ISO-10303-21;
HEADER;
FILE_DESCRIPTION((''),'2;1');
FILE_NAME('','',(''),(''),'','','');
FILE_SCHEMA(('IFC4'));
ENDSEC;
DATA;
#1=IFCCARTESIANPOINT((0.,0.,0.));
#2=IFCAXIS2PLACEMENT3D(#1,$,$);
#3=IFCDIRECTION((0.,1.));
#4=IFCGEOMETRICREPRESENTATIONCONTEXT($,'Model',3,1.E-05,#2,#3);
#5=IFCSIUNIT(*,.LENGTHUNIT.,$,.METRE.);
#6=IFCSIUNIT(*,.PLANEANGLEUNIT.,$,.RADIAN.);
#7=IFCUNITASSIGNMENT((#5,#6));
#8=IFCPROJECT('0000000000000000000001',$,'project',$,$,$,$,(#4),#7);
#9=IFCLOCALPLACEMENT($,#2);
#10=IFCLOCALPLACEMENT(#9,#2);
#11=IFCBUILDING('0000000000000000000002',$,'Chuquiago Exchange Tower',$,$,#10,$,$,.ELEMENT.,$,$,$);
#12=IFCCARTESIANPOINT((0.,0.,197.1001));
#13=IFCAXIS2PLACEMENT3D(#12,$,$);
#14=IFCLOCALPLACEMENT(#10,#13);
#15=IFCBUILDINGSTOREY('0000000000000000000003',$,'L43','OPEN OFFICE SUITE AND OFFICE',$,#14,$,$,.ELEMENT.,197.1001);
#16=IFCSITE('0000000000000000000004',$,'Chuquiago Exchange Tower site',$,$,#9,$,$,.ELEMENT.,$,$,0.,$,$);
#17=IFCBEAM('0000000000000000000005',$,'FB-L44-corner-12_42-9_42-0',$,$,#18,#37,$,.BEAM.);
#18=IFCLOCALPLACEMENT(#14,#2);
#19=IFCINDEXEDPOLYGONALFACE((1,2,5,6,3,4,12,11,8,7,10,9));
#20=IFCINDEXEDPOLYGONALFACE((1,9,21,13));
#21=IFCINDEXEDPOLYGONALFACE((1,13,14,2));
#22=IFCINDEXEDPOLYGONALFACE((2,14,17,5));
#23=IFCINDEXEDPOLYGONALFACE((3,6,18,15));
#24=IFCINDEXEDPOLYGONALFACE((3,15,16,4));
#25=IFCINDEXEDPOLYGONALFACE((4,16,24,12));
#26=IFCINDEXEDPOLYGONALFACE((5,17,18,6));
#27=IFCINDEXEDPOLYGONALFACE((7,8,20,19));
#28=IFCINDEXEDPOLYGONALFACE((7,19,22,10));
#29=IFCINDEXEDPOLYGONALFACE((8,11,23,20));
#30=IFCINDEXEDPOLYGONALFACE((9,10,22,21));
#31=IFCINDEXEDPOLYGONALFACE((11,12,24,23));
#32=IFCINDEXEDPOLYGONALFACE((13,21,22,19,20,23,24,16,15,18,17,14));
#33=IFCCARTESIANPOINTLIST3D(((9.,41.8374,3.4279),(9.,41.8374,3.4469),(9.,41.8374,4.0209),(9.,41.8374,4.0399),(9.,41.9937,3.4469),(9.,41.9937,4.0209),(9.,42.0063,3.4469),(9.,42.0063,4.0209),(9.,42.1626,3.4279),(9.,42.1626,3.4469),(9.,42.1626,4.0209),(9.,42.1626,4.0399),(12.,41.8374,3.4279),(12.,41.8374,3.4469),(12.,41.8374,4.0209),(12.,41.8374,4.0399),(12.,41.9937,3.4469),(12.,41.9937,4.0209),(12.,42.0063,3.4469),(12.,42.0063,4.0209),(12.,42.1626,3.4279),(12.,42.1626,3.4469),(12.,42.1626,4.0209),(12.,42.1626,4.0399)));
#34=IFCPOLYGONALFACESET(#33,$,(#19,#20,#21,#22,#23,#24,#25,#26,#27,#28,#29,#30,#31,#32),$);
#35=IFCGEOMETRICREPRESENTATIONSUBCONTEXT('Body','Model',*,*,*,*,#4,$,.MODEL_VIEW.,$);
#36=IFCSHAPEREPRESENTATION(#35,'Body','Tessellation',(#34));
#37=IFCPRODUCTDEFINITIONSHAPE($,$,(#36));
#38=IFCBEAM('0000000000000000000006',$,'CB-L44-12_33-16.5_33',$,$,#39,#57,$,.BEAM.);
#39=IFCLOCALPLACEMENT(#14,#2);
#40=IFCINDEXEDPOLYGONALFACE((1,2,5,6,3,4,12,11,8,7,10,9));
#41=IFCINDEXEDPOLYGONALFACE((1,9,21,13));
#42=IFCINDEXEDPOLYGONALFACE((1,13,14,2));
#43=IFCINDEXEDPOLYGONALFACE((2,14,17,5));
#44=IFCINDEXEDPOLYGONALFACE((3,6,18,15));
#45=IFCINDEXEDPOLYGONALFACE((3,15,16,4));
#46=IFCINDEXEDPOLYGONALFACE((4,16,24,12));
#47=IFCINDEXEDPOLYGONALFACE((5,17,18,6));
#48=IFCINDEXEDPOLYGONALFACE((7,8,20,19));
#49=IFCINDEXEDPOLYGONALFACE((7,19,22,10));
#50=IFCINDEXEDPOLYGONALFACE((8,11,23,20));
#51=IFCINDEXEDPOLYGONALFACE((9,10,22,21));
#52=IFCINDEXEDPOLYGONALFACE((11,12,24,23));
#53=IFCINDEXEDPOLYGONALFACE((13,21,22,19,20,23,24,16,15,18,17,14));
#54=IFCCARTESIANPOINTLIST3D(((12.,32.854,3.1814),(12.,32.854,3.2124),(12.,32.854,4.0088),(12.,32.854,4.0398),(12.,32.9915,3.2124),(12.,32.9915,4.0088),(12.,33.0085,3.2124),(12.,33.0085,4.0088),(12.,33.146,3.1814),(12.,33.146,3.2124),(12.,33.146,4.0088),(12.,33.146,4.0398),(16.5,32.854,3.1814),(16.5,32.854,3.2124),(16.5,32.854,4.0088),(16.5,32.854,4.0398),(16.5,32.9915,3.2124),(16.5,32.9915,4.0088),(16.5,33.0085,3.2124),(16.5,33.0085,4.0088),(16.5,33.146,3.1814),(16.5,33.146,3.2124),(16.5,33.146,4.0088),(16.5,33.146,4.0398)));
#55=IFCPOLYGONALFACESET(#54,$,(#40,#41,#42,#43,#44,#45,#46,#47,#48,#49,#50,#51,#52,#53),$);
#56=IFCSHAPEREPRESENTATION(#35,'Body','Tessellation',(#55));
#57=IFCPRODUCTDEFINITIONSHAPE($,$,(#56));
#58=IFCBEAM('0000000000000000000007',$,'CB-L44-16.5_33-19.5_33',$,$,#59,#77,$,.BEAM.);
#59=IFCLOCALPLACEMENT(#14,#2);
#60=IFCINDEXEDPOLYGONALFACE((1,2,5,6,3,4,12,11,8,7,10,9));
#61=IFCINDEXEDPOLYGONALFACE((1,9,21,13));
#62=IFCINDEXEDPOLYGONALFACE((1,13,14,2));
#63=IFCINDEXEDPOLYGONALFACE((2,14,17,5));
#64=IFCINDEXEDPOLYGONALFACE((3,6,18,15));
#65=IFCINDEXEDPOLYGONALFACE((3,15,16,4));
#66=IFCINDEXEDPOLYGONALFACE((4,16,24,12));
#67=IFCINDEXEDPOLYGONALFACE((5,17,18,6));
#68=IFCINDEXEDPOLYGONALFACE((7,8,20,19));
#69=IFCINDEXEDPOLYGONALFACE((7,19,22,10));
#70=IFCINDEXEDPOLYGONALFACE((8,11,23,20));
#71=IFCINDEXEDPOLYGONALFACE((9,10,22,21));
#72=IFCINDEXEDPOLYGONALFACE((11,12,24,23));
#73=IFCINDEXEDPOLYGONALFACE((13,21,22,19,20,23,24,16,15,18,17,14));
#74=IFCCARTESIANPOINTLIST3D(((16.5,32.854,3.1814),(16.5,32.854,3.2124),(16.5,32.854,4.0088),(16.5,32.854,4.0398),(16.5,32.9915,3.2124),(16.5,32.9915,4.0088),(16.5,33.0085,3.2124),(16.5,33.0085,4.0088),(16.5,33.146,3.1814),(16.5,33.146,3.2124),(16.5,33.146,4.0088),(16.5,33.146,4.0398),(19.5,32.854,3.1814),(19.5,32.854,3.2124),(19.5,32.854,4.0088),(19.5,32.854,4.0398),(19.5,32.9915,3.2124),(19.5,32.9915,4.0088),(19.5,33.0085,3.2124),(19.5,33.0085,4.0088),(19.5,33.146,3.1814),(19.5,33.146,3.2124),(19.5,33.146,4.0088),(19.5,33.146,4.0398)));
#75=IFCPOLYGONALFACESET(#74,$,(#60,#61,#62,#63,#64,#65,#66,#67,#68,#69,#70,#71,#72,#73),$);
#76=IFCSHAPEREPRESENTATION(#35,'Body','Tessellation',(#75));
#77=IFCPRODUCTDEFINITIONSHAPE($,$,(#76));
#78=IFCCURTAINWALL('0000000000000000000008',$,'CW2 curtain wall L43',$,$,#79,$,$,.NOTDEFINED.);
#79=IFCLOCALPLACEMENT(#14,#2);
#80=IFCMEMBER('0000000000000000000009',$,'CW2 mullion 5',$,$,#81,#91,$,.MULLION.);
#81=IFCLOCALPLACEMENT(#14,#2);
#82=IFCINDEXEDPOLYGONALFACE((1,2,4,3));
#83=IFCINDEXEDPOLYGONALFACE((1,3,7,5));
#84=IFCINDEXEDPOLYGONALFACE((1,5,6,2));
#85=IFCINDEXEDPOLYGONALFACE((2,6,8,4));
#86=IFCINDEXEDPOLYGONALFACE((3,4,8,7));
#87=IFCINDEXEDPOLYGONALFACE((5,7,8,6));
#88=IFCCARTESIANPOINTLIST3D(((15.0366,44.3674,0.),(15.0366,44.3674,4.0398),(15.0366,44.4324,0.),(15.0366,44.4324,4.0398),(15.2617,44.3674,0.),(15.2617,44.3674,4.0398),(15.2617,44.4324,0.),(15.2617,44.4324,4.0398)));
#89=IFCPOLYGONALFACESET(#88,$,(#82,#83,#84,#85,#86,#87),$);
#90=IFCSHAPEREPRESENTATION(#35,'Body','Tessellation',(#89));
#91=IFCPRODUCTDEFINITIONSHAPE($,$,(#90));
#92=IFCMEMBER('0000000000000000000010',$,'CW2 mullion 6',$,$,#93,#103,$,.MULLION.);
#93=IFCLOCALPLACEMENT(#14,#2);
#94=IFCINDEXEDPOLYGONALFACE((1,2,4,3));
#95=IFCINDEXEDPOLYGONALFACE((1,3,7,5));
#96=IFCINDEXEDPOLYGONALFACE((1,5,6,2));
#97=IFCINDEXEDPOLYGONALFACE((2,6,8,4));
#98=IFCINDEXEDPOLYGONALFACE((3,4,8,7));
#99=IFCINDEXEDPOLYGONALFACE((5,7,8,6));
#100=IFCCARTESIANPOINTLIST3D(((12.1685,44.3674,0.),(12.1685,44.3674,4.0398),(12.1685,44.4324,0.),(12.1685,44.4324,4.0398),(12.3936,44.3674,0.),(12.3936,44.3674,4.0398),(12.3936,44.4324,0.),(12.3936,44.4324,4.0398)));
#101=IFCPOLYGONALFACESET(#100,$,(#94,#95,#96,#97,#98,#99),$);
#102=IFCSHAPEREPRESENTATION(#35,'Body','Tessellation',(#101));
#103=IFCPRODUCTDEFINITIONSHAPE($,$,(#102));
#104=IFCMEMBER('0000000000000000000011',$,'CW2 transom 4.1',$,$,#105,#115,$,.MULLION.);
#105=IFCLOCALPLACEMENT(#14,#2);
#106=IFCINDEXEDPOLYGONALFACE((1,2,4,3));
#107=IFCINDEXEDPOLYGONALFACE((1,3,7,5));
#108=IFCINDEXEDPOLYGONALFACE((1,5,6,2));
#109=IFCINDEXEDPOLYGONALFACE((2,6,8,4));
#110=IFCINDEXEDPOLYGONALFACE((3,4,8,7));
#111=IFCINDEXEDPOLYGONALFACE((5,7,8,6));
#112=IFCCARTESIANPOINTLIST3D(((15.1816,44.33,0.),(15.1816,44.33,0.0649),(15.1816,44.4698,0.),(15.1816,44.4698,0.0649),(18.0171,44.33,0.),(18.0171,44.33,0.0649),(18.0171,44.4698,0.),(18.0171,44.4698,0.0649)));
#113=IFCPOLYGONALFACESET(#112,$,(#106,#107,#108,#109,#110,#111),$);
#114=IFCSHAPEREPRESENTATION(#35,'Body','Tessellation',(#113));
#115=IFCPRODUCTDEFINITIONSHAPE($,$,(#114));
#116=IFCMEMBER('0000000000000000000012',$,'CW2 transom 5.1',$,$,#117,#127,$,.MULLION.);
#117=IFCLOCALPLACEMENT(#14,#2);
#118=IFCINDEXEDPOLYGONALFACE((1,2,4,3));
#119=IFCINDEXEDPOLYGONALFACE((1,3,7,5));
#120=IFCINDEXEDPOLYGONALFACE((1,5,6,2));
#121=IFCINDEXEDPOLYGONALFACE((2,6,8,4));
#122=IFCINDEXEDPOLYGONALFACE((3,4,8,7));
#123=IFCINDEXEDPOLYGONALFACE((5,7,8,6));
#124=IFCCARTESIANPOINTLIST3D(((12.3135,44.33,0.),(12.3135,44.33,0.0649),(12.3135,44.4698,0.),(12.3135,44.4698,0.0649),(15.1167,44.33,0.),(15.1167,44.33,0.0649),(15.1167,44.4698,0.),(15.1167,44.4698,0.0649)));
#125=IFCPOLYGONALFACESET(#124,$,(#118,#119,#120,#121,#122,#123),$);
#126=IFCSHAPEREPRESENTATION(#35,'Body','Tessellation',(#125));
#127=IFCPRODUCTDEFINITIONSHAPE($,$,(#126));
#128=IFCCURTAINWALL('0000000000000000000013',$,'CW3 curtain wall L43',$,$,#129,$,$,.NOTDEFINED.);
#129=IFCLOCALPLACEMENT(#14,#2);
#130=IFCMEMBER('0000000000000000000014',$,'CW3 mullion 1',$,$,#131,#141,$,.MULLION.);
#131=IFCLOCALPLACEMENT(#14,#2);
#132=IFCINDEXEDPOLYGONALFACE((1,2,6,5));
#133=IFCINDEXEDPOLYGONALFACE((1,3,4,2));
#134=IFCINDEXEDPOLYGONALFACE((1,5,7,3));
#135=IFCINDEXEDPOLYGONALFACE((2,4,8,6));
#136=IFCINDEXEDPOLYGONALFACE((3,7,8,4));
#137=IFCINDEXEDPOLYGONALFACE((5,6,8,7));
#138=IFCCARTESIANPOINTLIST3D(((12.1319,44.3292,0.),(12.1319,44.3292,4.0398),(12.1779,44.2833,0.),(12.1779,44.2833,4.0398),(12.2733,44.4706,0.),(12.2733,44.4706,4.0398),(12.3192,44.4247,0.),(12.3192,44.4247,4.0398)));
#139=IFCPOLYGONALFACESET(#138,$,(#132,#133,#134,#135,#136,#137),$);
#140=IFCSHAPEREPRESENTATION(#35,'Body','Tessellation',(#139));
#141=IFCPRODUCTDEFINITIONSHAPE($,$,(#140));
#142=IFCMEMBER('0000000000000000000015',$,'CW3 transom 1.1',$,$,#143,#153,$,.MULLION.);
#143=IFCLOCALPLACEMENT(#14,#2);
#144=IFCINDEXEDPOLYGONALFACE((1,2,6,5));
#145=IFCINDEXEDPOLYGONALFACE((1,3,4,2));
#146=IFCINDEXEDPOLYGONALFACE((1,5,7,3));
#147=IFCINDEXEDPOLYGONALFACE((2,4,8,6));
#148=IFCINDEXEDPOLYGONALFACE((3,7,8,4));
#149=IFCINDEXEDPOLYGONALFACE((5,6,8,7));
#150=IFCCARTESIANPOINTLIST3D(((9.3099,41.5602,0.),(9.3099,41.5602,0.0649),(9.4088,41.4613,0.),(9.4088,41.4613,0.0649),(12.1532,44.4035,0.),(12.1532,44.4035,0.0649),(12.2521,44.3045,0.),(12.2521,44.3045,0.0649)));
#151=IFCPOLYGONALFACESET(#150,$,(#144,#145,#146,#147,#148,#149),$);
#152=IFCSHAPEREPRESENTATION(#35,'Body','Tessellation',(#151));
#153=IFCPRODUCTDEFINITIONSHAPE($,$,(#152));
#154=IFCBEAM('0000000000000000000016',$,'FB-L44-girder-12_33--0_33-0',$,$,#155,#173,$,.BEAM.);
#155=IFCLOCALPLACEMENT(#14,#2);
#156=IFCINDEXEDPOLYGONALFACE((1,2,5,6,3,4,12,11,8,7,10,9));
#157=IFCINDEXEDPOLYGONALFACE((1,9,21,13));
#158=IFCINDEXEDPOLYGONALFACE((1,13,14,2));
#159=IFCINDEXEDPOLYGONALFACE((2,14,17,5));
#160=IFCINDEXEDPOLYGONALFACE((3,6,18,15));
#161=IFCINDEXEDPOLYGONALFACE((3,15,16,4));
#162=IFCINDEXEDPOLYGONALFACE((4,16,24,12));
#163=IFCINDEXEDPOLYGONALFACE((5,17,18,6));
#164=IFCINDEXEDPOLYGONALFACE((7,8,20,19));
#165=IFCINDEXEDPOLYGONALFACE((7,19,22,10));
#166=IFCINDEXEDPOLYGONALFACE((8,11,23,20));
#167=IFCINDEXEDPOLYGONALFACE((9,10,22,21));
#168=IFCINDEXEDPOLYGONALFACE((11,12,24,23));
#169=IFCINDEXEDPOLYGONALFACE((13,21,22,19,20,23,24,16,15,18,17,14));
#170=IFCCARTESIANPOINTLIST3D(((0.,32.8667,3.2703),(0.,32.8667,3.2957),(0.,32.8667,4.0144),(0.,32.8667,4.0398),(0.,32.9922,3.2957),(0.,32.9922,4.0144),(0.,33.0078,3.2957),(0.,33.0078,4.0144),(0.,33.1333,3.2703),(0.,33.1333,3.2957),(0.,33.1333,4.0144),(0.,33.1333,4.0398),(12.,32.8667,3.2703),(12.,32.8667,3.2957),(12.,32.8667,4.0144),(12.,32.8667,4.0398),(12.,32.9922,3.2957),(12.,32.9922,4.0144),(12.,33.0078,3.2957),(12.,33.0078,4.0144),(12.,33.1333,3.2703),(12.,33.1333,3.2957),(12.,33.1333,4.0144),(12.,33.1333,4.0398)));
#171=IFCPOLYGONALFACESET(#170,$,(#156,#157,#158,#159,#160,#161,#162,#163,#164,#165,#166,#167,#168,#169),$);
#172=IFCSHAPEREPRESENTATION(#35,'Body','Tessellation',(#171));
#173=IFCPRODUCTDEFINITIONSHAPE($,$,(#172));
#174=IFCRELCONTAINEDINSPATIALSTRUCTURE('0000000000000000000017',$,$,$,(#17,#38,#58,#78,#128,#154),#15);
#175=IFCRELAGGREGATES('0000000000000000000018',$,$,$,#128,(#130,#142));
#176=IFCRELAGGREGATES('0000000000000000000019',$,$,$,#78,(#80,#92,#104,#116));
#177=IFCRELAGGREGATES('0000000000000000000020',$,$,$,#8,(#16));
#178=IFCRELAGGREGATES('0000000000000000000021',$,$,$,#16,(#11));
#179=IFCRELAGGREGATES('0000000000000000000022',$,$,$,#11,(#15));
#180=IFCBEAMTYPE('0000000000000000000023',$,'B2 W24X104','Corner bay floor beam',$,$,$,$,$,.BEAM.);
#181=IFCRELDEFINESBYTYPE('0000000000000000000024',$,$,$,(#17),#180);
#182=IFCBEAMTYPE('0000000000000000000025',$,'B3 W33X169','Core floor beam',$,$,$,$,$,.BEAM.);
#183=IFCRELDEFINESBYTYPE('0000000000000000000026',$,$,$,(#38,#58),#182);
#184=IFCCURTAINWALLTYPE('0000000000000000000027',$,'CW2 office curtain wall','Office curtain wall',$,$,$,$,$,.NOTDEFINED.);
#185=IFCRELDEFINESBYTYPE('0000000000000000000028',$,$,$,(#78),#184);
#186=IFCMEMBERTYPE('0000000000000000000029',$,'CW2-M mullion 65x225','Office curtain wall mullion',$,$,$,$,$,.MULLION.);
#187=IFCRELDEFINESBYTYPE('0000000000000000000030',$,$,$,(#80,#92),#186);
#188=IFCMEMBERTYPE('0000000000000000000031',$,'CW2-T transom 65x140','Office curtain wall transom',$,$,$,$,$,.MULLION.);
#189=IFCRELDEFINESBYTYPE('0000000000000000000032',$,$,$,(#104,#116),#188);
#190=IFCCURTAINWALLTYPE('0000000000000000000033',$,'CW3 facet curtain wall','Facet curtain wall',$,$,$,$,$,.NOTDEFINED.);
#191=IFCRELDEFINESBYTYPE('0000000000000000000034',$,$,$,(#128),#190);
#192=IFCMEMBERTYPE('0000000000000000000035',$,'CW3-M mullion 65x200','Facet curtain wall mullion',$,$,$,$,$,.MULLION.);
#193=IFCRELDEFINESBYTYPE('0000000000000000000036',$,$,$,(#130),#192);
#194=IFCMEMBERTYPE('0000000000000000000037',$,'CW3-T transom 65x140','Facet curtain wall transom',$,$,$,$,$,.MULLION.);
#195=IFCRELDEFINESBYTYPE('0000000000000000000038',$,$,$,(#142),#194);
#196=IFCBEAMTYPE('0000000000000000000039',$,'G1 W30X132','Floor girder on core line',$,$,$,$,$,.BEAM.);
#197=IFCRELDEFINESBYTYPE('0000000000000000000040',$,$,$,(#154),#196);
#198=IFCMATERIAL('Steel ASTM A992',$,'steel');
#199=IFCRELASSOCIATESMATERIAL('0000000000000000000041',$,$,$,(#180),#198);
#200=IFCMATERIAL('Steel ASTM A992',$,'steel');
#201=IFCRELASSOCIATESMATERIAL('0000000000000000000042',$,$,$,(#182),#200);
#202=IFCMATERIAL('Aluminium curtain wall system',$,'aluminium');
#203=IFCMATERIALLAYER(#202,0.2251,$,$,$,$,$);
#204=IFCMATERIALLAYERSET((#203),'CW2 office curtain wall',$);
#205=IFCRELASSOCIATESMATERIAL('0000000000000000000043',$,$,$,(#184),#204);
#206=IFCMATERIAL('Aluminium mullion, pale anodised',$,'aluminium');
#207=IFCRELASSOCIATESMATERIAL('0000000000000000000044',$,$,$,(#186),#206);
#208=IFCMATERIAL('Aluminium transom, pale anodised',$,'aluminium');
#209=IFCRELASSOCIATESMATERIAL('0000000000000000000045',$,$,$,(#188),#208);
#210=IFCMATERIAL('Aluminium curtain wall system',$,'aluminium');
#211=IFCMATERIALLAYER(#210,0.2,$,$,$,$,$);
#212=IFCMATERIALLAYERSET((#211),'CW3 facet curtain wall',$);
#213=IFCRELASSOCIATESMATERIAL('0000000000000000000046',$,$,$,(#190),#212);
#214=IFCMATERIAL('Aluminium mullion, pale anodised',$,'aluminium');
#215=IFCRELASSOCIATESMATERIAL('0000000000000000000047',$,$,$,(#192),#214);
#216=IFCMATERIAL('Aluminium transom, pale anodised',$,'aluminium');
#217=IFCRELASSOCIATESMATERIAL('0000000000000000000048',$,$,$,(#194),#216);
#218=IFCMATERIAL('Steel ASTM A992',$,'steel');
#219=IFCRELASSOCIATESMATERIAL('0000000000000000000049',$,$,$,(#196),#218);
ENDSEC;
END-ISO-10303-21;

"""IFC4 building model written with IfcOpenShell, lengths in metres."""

from ifc_helpers import new_model, si_unit, direction, frame, origin, origin_2d, place, context, subcontext, project, spatial, rectangle, i_section, extrude, material, layer, layer_set, material_profile, profile_set, type_object, element, aggregate, save


model = new_model("IFC4")

# Units and contexts
model_context = context("Model", 3, precision=1e-05, world=origin(), true_north=direction((0.0, 1.0)))
body_context = subcontext(model_context, "Body", "Model", "MODEL_VIEW")
ifc_project = project(units=[si_unit("LENGTHUNIT", "METRE"), si_unit("PLANEANGLEUNIT", "RADIAN")], contexts=[model_context])

# Site, building, storey
site_placement = place(None, origin())
site = spatial("IfcSite", under=ifc_project, at=site_placement, Name="Chuquiago Exchange Tower site", CompositionType="ELEMENT", RefElevation=0.0)
building_placement = place(site_placement, origin())
building = spatial("IfcBuilding", under=site, at=building_placement, Name="Chuquiago Exchange Tower", CompositionType="ELEMENT")
storey_placement = place(building_placement, frame((0.0, 0.0, 197.1001)))
storey = spatial("IfcBuildingStorey", under=building, at=storey_placement, Name="L43", Description="OPEN OFFICE SUITE AND OFFICE", CompositionType="ELEMENT", Elevation=197.1001)

# Beams
ifc_material_1 = material(Name="Steel ASTM A992", Category="steel")
ifc_material_profile_1 = material_profile(ifc_material_1, i_section(OverallWidth=0.3252, OverallDepth=0.6121, WebThickness=0.0127, FlangeThickness=0.019, at=origin_2d()), Name="W24X104")
ifc_profile_set_1 = profile_set([ifc_material_profile_1], Name="Steel ASTM A992")
beam_type_1 = type_object("IfcBeamType", Name="B2 W24X104", Description="Corner bay floor beam", PredefinedType="BEAM", material=ifc_profile_set_1)
beam_1_placement = place(storey_placement, frame((12.0, 42.0, 3.7339), z_axis=(-1.0, 0.0, 0.0), x_axis=(0.0, -1.0, 0.0)))
element("IfcBeam", 1, at=beam_1_placement, inside=storey, type_object=beam_type_1, Name="FB-L44-corner-12_42-9_42-0", PredefinedType="BEAM", context=body_context, shape_type="SweptSolid", body=[
    extrude(i_section(OverallWidth=0.3252, OverallDepth=0.6121, WebThickness=0.0127, FlangeThickness=0.019, at=origin_2d()), origin(), (0.0, 0.0, 1.0), 3.0),
])
ifc_material_2 = material(Name="Steel ASTM A992", Category="steel")
ifc_material_profile_2 = material_profile(ifc_material_2, i_section(OverallWidth=0.292, OverallDepth=0.8584, WebThickness=0.0171, FlangeThickness=0.031, at=origin_2d()), Name="W33X169")
ifc_profile_set_2 = profile_set([ifc_material_profile_2], Name="Steel ASTM A992")
beam_type_2 = type_object("IfcBeamType", Name="B3 W33X169", Description="Core floor beam", PredefinedType="BEAM", material=ifc_profile_set_2)
beam_2_placement = place(storey_placement, frame((12.0, 33.0, 3.6106), z_axis=(1.0, 0.0, 0.0), x_axis=(0.0, 1.0, 0.0)))
element("IfcBeam", 2, at=beam_2_placement, inside=storey, type_object=beam_type_2, Name="CB-L44-12_33-16.5_33", PredefinedType="BEAM", context=body_context, shape_type="SweptSolid", body=[
    extrude(i_section(OverallWidth=0.292, OverallDepth=0.8584, WebThickness=0.0171, FlangeThickness=0.031, at=origin_2d()), origin(), (0.0, 0.0, 1.0), 4.5),
])
beam_3_placement = place(storey_placement, frame((16.5, 33.0, 3.6106), z_axis=(1.0, 0.0, 0.0), x_axis=(0.0, 1.0, 0.0)))
element("IfcBeam", 3, at=beam_3_placement, inside=storey, type_object=beam_type_2, Name="CB-L44-16.5_33-19.5_33", PredefinedType="BEAM", context=body_context, shape_type="SweptSolid", body=[
    extrude(i_section(OverallWidth=0.292, OverallDepth=0.8584, WebThickness=0.0171, FlangeThickness=0.031, at=origin_2d()), origin(), (0.0, 0.0, 1.0), 3.0),
])

# Curtain walls, members
ifc_material_3 = material(Name="Aluminium curtain wall system", Category="aluminium")
ifc_layer_1 = layer(ifc_material_3, 0.2251)
ifc_layer_set_1 = layer_set([ifc_layer_1], Name="CW2 office curtain wall")
curtain_wall_type_1 = type_object("IfcCurtainWallType", Name="CW2 office curtain wall", Description="Office curtain wall", PredefinedType="NOTDEFINED", material=ifc_layer_set_1)
curtain_wall_1_placement = place(storey_placement, origin())
curtain_wall_1 = element("IfcCurtainWall", 4, at=curtain_wall_1_placement, inside=storey, type_object=curtain_wall_type_1, Name="CW2 curtain wall L43", PredefinedType="NOTDEFINED")
ifc_material_4 = material(Name="Aluminium mullion, pale anodised", Category="aluminium")
ifc_material_profile_3 = material_profile(ifc_material_4, rectangle(XDim=0.0649, YDim=0.2251, at=origin_2d()), Name="AL 65x225")
ifc_profile_set_3 = profile_set([ifc_material_profile_3], Name="Aluminium mullion, pale anodised")
member_type_1 = type_object("IfcMemberType", Name="CW2-M mullion 65x225", Description="Office curtain wall mullion", PredefinedType="MULLION", material=ifc_profile_set_3)
member_1_placement = place(storey_placement, frame((15.1492, 44.3999, 0.0), z_axis=(0.0, 0.0, 1.0), x_axis=(0.0, -1.0, 0.0)))
member_1 = element("IfcMember", 5, at=member_1_placement, type_object=member_type_1, Name="CW2 mullion 5", PredefinedType="MULLION", context=body_context, shape_type="SweptSolid", body=[
    extrude(rectangle(XDim=0.0649, YDim=0.2251, at=origin_2d()), origin(), (0.0, 0.0, 1.0), 4.0398),
])
member_2_placement = place(storey_placement, frame((12.281, 44.3999, 0.0), z_axis=(0.0, 0.0, 1.0), x_axis=(0.0, -1.0, 0.0)))
member_2 = element("IfcMember", 6, at=member_2_placement, type_object=member_type_1, Name="CW2 mullion 6", PredefinedType="MULLION", context=body_context, shape_type="SweptSolid", body=[
    extrude(rectangle(XDim=0.0649, YDim=0.2251, at=origin_2d()), origin(), (0.0, 0.0, 1.0), 4.0398),
])
ifc_material_5 = material(Name="Aluminium transom, pale anodised", Category="aluminium")
ifc_material_profile_4 = material_profile(ifc_material_5, rectangle(XDim=0.1399, YDim=0.0649, at=origin_2d()), Name="AL 140x65")
ifc_profile_set_4 = profile_set([ifc_material_profile_4], Name="Aluminium transom, pale anodised")
member_type_2 = type_object("IfcMemberType", Name="CW2-T transom 65x140", Description="Office curtain wall transom", PredefinedType="MULLION", material=ifc_profile_set_4)
member_3_placement = place(storey_placement, frame((18.0171, 44.3999, 0.0325), z_axis=(-1.0, 0.0, 0.0), x_axis=(0.0, -1.0, 0.0)))
member_3 = element("IfcMember", 7, at=member_3_placement, type_object=member_type_2, Name="CW2 transom 4.1", PredefinedType="MULLION", context=body_context, shape_type="SweptSolid", body=[
    extrude(rectangle(XDim=0.1399, YDim=0.0649, at=origin_2d()), origin(), (0.0, 0.0, 1.0), 2.8354),
])
member_4_placement = place(storey_placement, frame((15.1167, 44.3999, 0.0325), z_axis=(-1.0, 0.0, 0.0), x_axis=(0.0, -1.0, 0.0)))
member_4 = element("IfcMember", 8, at=member_4_placement, type_object=member_type_2, Name="CW2 transom 5.1", PredefinedType="MULLION", context=body_context, shape_type="SweptSolid", body=[
    extrude(rectangle(XDim=0.1399, YDim=0.0649, at=origin_2d()), origin(), (0.0, 0.0, 1.0), 2.8032),
])
ifc_material_6 = material(Name="Aluminium curtain wall system", Category="aluminium")
ifc_layer_2 = layer(ifc_material_6, 0.2)
ifc_layer_set_2 = layer_set([ifc_layer_2], Name="CW3 facet curtain wall")
curtain_wall_type_2 = type_object("IfcCurtainWallType", Name="CW3 facet curtain wall", Description="Facet curtain wall", PredefinedType="NOTDEFINED", material=ifc_layer_set_2)
curtain_wall_2_placement = place(storey_placement, origin())
curtain_wall_2 = element("IfcCurtainWall", 9, at=curtain_wall_2_placement, inside=storey, type_object=curtain_wall_type_2, Name="CW3 curtain wall L43", PredefinedType="NOTDEFINED")
ifc_material_7 = material(Name="Aluminium mullion, pale anodised", Category="aluminium")
ifc_material_profile_5 = material_profile(ifc_material_7, rectangle(XDim=0.0649, YDim=0.2, at=origin_2d()), Name="AL 65x200")
ifc_profile_set_5 = profile_set([ifc_material_profile_5], Name="Aluminium mullion, pale anodised")
member_type_3 = type_object("IfcMemberType", Name="CW3-M mullion 65x200", Description="Facet curtain wall mullion", PredefinedType="MULLION", material=ifc_profile_set_5)
member_5_placement = place(storey_placement, frame((12.2256, 44.377, 0.0), z_axis=(0.0, 0.0, 1.0), x_axis=(0.707107, -0.707107, 0.0)))
member_5 = element("IfcMember", 10, at=member_5_placement, type_object=member_type_3, Name="CW3 mullion 1", PredefinedType="MULLION", context=body_context, shape_type="SweptSolid", body=[
    extrude(rectangle(XDim=0.0649, YDim=0.2, at=origin_2d()), origin(), (0.0, 0.0, 1.0), 4.0398),
])
ifc_material_8 = material(Name="Aluminium transom, pale anodised", Category="aluminium")
ifc_material_profile_6 = material_profile(ifc_material_8, rectangle(XDim=0.1399, YDim=0.0649, at=origin_2d()), Name="AL 140x65")
ifc_profile_set_6 = profile_set([ifc_material_profile_6], Name="Aluminium transom, pale anodised")
member_type_4 = type_object("IfcMemberType", Name="CW3-T transom 65x140", Description="Facet curtain wall transom", PredefinedType="MULLION", material=ifc_profile_set_6)
member_6_placement = place(storey_placement, frame((12.2026, 44.354, 0.0325), z_axis=(-0.707107, -0.707107, 0.0), x_axis=(0.707107, -0.707107, 0.0)))
member_6 = element("IfcMember", 11, at=member_6_placement, type_object=member_type_4, Name="CW3 transom 1.1", PredefinedType="MULLION", context=body_context, shape_type="SweptSolid", body=[
    extrude(rectangle(XDim=0.1399, YDim=0.0649, at=origin_2d()), origin(), (0.0, 0.0, 1.0), 4.021),
])
aggregate(curtain_wall_2, [member_5, member_6])

# Beam
ifc_material_9 = material(Name="Steel ASTM A992", Category="steel")
ifc_material_profile_7 = material_profile(ifc_material_9, i_section(OverallWidth=0.2666, OverallDepth=0.7695, WebThickness=0.0156, FlangeThickness=0.0254, at=origin_2d()), Name="W30X132")
ifc_profile_set_7 = profile_set([ifc_material_profile_7], Name="Steel ASTM A992")
beam_type_3 = type_object("IfcBeamType", Name="G1 W30X132", Description="Floor girder on core line", PredefinedType="BEAM", material=ifc_profile_set_7)
beam_4_placement = place(storey_placement, frame((12.0, 33.0, 3.655), z_axis=(-1.0, 0.0, 0.0), x_axis=(0.0, -1.0, 0.0)))
element("IfcBeam", 12, at=beam_4_placement, inside=storey, type_object=beam_type_3, Name="FB-L44-girder-12_33--0_33-0", PredefinedType="BEAM", context=body_context, shape_type="SweptSolid", body=[
    extrude(i_section(OverallWidth=0.2666, OverallDepth=0.7695, WebThickness=0.0156, FlangeThickness=0.0254, at=origin_2d()), origin(), (0.0, 0.0, 1.0), 12.0),
])

aggregate(curtain_wall_1, [member_1, member_2, member_3, member_4])

save(model, "model.ifc")
